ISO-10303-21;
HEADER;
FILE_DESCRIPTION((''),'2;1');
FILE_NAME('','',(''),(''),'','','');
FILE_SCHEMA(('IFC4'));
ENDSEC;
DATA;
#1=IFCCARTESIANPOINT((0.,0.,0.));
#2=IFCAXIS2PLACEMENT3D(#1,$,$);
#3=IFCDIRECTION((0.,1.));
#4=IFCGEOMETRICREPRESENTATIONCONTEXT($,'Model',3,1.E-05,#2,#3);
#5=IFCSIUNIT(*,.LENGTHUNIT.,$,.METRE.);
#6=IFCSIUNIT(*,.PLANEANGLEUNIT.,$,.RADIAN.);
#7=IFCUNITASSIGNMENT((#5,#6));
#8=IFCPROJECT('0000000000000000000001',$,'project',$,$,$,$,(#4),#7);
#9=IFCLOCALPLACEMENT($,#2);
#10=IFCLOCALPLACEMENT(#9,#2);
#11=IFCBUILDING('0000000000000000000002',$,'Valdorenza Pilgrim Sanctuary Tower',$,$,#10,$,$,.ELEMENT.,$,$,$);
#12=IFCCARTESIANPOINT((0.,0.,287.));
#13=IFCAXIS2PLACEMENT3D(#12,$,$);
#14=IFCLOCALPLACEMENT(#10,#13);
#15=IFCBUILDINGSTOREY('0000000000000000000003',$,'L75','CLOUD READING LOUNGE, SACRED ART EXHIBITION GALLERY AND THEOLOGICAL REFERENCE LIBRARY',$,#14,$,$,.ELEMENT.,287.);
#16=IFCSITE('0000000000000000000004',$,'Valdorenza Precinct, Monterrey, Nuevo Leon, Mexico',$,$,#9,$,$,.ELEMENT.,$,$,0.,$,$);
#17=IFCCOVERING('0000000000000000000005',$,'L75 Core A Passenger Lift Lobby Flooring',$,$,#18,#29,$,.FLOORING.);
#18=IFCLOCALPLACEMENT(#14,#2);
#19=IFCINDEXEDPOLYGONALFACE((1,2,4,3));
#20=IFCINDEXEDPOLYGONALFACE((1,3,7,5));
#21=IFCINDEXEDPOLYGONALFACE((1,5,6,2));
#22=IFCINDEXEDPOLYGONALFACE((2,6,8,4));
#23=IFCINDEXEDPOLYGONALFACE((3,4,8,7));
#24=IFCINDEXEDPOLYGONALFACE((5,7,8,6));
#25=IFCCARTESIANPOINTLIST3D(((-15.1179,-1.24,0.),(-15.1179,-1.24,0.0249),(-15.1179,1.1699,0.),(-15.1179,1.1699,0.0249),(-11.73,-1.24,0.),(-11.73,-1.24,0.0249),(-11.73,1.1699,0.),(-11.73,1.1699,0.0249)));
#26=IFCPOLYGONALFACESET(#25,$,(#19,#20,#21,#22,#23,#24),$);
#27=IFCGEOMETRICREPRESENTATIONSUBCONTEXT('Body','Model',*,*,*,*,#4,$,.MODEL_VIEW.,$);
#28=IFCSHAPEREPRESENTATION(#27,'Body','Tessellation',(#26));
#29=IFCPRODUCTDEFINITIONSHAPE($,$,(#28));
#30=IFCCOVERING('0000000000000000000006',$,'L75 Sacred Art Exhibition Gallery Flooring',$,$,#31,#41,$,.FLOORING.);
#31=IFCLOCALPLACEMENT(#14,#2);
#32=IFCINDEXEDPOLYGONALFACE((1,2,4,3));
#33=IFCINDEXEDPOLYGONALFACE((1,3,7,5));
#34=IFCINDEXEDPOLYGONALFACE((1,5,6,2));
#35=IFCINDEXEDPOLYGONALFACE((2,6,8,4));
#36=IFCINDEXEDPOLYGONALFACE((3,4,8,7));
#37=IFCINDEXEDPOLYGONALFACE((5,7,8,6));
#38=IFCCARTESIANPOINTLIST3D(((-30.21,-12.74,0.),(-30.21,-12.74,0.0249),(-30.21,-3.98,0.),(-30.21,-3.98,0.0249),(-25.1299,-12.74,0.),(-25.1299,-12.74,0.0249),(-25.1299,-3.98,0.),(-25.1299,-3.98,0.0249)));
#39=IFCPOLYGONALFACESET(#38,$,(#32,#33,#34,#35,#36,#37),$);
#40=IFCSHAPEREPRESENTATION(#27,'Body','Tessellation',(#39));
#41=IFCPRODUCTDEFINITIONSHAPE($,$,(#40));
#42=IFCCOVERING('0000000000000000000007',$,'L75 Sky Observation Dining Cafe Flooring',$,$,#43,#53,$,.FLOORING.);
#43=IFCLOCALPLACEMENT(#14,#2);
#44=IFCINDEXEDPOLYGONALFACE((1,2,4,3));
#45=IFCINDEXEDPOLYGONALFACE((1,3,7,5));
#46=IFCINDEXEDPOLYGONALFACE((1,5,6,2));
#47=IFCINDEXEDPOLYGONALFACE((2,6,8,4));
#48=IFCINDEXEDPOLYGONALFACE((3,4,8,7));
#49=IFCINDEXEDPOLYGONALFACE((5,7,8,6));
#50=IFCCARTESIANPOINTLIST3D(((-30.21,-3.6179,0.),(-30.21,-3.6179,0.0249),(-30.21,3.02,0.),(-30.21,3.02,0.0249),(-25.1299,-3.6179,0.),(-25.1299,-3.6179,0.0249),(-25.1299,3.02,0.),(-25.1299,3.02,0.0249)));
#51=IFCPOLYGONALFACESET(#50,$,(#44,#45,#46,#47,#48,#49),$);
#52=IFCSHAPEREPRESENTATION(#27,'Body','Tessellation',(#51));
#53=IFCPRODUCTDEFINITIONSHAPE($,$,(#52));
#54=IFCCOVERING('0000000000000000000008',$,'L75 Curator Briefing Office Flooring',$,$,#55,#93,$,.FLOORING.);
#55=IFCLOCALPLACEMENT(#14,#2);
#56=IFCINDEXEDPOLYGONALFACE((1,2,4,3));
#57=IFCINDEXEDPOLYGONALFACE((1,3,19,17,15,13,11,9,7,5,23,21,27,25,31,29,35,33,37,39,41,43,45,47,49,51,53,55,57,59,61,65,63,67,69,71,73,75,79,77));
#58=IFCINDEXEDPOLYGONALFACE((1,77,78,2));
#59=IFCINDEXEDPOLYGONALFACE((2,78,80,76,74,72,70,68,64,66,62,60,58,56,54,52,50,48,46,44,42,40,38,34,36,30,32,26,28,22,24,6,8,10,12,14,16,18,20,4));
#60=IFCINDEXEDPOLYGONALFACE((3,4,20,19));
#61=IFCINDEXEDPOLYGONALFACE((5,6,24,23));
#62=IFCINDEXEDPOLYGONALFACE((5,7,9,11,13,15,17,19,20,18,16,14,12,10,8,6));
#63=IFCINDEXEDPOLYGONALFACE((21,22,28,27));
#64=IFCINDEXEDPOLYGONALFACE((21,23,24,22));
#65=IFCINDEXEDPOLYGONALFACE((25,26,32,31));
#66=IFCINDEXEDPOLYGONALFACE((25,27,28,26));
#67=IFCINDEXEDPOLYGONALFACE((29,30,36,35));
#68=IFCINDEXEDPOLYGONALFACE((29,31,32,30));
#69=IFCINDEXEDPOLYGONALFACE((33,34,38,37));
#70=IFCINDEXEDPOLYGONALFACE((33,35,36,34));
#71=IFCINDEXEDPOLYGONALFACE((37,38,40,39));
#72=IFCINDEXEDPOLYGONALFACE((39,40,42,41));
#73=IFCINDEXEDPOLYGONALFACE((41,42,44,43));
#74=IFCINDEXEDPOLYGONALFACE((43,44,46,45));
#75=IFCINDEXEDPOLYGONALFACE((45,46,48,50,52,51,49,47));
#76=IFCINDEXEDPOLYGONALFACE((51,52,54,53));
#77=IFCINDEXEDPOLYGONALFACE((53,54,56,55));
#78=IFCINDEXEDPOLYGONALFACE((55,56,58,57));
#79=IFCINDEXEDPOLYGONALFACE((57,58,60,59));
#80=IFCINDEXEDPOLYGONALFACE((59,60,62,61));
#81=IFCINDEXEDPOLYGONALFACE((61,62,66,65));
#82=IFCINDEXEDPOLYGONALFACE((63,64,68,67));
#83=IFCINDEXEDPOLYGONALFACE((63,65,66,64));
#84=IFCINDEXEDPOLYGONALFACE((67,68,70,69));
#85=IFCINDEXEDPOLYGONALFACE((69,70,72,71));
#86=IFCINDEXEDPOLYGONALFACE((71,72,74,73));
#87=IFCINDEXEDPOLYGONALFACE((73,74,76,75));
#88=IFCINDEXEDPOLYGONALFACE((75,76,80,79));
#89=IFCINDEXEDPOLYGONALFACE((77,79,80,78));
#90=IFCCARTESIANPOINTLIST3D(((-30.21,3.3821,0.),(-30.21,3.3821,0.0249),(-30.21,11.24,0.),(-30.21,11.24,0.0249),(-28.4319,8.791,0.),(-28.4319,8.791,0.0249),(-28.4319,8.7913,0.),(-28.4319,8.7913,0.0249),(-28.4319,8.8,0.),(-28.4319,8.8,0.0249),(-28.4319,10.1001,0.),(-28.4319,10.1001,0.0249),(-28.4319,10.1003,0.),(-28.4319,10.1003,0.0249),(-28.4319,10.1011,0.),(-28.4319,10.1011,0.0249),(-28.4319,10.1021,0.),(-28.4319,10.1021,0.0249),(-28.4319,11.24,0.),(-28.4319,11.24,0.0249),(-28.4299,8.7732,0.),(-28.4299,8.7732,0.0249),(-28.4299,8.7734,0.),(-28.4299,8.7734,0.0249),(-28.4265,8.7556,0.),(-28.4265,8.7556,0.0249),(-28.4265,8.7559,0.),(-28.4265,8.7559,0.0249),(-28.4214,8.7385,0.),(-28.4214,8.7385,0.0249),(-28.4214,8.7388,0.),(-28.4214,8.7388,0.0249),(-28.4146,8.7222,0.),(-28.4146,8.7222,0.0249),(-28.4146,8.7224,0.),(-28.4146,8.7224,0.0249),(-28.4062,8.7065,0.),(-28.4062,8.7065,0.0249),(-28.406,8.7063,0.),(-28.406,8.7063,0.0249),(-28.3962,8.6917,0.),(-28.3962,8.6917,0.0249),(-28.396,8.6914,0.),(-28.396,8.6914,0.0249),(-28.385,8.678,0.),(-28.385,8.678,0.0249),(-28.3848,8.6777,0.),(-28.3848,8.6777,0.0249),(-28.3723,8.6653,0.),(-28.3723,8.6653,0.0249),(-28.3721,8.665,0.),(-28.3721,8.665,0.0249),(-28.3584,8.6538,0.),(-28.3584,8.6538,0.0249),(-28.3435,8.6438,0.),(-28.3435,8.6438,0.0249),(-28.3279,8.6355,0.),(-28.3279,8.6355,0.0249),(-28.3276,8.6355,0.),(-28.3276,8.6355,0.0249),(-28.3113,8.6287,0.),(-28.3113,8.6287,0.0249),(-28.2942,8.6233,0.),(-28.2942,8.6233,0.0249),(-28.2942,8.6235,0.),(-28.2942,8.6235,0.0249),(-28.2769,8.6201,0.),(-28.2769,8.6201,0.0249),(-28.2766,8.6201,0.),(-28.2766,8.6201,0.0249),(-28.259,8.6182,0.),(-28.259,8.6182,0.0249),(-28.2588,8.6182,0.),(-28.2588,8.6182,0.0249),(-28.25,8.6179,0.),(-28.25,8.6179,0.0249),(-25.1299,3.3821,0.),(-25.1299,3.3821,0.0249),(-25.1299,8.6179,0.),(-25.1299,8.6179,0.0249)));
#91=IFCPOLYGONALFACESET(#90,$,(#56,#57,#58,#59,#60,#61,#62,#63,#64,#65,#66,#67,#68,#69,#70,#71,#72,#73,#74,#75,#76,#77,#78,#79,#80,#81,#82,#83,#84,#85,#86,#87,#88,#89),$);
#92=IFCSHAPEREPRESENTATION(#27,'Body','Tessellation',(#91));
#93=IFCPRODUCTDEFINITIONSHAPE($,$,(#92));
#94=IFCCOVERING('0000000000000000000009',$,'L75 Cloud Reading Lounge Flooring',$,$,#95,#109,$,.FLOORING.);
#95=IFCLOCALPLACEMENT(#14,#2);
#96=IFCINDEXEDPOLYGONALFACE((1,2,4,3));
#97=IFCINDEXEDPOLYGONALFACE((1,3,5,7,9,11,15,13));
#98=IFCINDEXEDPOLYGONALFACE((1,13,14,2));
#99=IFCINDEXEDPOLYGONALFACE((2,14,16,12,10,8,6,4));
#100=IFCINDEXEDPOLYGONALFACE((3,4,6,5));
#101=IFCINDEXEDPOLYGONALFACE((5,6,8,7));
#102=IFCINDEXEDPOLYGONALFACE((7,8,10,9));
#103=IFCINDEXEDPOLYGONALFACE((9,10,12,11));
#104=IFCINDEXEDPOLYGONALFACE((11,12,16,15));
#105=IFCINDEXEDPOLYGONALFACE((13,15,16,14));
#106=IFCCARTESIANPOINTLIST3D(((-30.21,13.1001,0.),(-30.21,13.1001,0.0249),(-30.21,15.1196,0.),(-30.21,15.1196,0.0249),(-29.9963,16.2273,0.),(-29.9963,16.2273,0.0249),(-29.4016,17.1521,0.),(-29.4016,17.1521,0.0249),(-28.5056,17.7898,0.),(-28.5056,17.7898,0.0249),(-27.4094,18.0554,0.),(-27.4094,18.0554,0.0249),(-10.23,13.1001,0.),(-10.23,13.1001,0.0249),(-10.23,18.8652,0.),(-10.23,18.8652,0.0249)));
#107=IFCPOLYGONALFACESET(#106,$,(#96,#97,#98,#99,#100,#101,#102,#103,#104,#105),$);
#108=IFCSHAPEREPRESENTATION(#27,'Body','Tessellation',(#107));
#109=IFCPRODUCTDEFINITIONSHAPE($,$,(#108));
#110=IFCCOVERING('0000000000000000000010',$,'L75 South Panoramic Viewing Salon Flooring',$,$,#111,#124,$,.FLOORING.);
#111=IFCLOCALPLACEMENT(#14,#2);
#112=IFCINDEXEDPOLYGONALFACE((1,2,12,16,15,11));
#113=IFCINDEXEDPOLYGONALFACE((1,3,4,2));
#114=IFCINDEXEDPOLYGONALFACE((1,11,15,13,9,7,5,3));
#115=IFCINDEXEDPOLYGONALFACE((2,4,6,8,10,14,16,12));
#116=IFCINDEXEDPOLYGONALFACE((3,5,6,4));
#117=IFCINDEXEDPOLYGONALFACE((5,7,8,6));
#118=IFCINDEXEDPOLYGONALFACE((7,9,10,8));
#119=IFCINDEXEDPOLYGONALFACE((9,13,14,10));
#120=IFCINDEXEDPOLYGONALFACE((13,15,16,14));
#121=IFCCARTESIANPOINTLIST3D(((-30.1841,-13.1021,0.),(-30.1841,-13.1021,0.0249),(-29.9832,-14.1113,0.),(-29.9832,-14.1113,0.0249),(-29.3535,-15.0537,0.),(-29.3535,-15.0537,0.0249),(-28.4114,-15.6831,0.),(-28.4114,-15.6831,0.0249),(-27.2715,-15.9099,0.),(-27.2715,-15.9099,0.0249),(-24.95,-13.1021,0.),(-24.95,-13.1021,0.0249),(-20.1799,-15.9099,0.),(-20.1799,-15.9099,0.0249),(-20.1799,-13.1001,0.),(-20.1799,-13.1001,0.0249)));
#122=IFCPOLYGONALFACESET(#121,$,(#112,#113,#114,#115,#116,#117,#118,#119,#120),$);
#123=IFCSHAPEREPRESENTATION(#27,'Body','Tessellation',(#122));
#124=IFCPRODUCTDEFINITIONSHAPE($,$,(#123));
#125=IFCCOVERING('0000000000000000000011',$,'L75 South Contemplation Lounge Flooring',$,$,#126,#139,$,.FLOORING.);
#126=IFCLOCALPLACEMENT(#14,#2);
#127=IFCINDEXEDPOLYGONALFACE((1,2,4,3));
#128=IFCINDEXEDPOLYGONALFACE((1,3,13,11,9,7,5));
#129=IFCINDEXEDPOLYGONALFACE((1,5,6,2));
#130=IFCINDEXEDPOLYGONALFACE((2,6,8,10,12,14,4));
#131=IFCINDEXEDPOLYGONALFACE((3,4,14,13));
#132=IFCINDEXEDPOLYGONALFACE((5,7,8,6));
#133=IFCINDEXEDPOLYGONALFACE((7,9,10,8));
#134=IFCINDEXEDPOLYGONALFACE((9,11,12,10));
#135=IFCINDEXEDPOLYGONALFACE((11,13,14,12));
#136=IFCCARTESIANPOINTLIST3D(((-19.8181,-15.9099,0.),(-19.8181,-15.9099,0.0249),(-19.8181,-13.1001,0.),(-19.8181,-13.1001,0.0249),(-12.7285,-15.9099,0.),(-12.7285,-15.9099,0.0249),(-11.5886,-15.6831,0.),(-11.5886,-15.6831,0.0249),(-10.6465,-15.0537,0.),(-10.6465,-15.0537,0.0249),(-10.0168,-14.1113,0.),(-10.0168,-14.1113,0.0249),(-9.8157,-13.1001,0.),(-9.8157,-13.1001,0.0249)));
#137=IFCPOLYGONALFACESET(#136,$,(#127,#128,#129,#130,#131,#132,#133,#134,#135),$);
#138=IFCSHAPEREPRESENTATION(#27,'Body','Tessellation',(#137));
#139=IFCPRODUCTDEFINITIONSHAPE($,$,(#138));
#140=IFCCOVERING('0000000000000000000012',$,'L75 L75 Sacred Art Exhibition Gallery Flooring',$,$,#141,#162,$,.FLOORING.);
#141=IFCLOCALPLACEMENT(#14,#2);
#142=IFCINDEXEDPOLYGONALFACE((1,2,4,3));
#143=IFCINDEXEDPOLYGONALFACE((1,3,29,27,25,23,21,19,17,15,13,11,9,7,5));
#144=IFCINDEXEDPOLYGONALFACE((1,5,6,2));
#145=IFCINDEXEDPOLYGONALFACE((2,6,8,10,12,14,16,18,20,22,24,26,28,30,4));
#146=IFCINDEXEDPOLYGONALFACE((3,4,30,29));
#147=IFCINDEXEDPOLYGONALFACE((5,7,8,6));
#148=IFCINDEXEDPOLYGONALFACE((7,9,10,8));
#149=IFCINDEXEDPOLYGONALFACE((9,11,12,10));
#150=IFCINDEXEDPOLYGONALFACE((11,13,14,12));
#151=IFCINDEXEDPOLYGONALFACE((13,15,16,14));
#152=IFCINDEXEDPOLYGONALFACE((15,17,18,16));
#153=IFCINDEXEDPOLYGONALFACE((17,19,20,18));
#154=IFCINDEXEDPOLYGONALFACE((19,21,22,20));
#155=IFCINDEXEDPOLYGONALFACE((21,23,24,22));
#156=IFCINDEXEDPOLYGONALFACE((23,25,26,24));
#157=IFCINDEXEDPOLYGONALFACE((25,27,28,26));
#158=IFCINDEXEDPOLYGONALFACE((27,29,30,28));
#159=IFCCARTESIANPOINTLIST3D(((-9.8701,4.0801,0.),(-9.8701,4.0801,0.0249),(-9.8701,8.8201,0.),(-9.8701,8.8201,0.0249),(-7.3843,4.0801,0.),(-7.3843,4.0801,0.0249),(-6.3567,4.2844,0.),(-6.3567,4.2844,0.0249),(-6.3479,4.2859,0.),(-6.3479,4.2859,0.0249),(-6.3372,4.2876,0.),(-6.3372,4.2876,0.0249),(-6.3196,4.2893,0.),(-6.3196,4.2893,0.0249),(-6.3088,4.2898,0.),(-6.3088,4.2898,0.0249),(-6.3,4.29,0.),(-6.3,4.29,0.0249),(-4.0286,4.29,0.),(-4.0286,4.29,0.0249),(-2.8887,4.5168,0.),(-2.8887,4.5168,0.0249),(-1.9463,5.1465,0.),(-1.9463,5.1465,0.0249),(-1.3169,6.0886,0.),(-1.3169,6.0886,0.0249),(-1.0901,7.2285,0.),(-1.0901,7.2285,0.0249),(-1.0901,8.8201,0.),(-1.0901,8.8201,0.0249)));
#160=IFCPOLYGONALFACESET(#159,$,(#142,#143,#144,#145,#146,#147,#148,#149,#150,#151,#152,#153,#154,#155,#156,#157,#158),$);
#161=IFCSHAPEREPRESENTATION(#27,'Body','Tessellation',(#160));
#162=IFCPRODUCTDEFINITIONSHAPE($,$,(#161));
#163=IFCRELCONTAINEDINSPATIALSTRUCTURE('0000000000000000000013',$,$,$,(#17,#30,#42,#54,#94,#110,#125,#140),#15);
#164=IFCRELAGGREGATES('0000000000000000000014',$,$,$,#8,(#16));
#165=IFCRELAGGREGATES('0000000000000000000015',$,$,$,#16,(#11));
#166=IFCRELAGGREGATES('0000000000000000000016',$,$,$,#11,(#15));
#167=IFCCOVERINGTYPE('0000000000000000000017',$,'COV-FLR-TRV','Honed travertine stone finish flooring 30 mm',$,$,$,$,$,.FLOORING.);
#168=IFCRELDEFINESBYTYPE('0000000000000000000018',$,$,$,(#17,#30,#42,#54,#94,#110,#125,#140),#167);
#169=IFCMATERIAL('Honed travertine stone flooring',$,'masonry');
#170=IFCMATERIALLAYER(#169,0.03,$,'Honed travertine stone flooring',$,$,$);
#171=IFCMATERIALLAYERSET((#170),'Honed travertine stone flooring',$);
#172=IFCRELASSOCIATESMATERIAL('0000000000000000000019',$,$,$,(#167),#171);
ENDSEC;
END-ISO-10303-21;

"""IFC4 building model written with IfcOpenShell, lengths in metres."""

from ifc_helpers import new_model, si_unit, direction, frame, origin, place, context, subcontext, project, spatial, polyline, outline, extrude, material, layer, layer_set, type_object, element, save


model = new_model("IFC4")

# Units and contexts
model_context = context("Model", 3, precision=1e-05, world=origin(), true_north=direction((0.0, 1.0)))
body_context = subcontext(model_context, "Body", "Model", "MODEL_VIEW")
ifc_project = project(units=[si_unit("LENGTHUNIT", "METRE"), si_unit("PLANEANGLEUNIT", "RADIAN")], contexts=[model_context])

# Site, building, storey
site_placement = place(None, origin())
site = spatial("IfcSite", under=ifc_project, at=site_placement, Name="Valdorenza Precinct, Monterrey, Nuevo Leon, Mexico", CompositionType="ELEMENT", RefElevation=0.0)
building_placement = place(site_placement, origin())
building = spatial("IfcBuilding", under=site, at=building_placement, Name="Valdorenza Pilgrim Sanctuary Tower", CompositionType="ELEMENT")
storey_placement = place(building_placement, frame((0.0, 0.0, 287.0)))
storey = spatial("IfcBuildingStorey", under=building, at=storey_placement, Name="L75", Description="CLOUD READING LOUNGE, SACRED ART EXHIBITION GALLERY AND THEOLOGICAL REFERENCE LIBRARY", CompositionType="ELEMENT", Elevation=287.0)

# Coverings
ifc_material_1 = material(Name="Honed travertine stone flooring", Category="masonry")
ifc_layer_1 = layer(ifc_material_1, 0.03, Name="Honed travertine stone flooring")
ifc_layer_set_1 = layer_set([ifc_layer_1], Name="Honed travertine stone flooring")
covering_type_1 = type_object("IfcCoveringType", Name="COV-FLR-TRV", Description="Honed travertine stone finish flooring 30 mm", PredefinedType="FLOORING", material=ifc_layer_set_1)
covering_1_placement = place(storey_placement, origin())
element("IfcCovering", 1, at=covering_1_placement, inside=storey, type_object=covering_type_1, Name="L75 Core A Passenger Lift Lobby Flooring", PredefinedType="FLOORING", context=body_context, shape_type="SweptSolid", body=[
    extrude(outline(polyline([(-15.1179, 1.1699), (-11.73, 1.1699), (-11.73, -1.24), (-15.1179, -1.24), (-15.1179, 1.1699)])), origin(), (0.0, 0.0, 1.0), 0.0249),
])
covering_2_placement = place(storey_placement, origin())
element("IfcCovering", 2, at=covering_2_placement, inside=storey, type_object=covering_type_1, Name="L75 Sacred Art Exhibition Gallery Flooring", PredefinedType="FLOORING", context=body_context, shape_type="SweptSolid", body=[
    extrude(outline(polyline([(-25.1299, -12.74), (-30.21, -12.74), (-30.21, -3.98), (-25.1299, -3.98), (-25.1299, -12.74)])), origin(), (0.0, 0.0, 1.0), 0.0249),
])
covering_3_placement = place(storey_placement, origin())
element("IfcCovering", 3, at=covering_3_placement, inside=storey, type_object=covering_type_1, Name="L75 Sky Observation Dining Cafe Flooring", PredefinedType="FLOORING", context=body_context, shape_type="SweptSolid", body=[
    extrude(outline(polyline([(-25.1299, -3.6179), (-30.21, -3.6179), (-30.21, 3.02), (-25.1299, 3.02), (-25.1299, -3.6179)])), origin(), (0.0, 0.0, 1.0), 0.0249),
])
covering_4_placement = place(storey_placement, origin())
element("IfcCovering", 4, at=covering_4_placement, inside=storey, type_object=covering_type_1, Name="L75 Curator Briefing Office Flooring", PredefinedType="FLOORING", context=body_context, shape_type="SweptSolid", body=[
    extrude(outline(polyline([(-28.4319, 11.24), (-28.4319, 10.1021), (-28.4319, 10.1011), (-28.4319, 10.1003), (-28.4319, 10.1001), (-28.4319, 8.8), (-28.4319, 8.7913), (-28.4319, 8.791), (-28.4299, 8.7734), (-28.4299, 8.7732), (-28.4265, 8.7559), (-28.4265, 8.7556), (-28.4214, 8.7388), (-28.4214, 8.7385), (-28.4146, 8.7224), (-28.4146, 8.7222), (-28.4062, 8.7065), (-28.406, 8.7063), (-28.3962, 8.6917), (-28.396, 8.6914), (-28.385, 8.678), (-28.3848, 8.6777), (-28.3723, 8.6653), (-28.3721, 8.665), (-28.3584, 8.6538), (-28.3584, 8.6538), (-28.3435, 8.6438), (-28.3435, 8.6438), (-28.3279, 8.6355), (-28.3276, 8.6355), (-28.3113, 8.6287), (-28.3113, 8.6287), (-28.2942, 8.6235), (-28.2942, 8.6233), (-28.2769, 8.6201), (-28.2766, 8.6201), (-28.259, 8.6182), (-28.2588, 8.6182), (-28.25, 8.6179), (-25.1299, 8.6179), (-25.1299, 3.3821), (-30.21, 3.3821), (-30.21, 11.24), (-28.4319, 11.24)])), origin(), (0.0, 0.0, 1.0), 0.0249),
])
covering_5_placement = place(storey_placement, origin())
element("IfcCovering", 5, at=covering_5_placement, inside=storey, type_object=covering_type_1, Name="L75 Cloud Reading Lounge Flooring", PredefinedType="FLOORING", context=body_context, shape_type="SweptSolid", body=[
    extrude(outline(polyline([(-30.21, 13.1001), (-30.21, 15.1196), (-29.9963, 16.2273), (-29.4016, 17.1521), (-28.5056, 17.7898), (-27.4094, 18.0554), (-10.23, 18.8652), (-10.23, 13.1001), (-30.21, 13.1001)])), origin(), (0.0, 0.0, 1.0), 0.0249),
])
covering_6_placement = place(storey_placement, origin())
element("IfcCovering", 6, at=covering_6_placement, inside=storey, type_object=covering_type_1, Name="L75 South Panoramic Viewing Salon Flooring", PredefinedType="FLOORING", context=body_context, shape_type="SweptSolid", body=[
    extrude(outline(polyline([(-30.1841, -13.1021), (-24.95, -13.1021), (-20.1799, -13.1001), (-20.1799, -15.9099), (-27.2715, -15.9099), (-28.4114, -15.6831), (-29.3535, -15.0537), (-29.9832, -14.1113), (-30.1841, -13.1021)])), origin(), (0.0, 0.0, 1.0), 0.0249),
])
covering_7_placement = place(storey_placement, origin())
element("IfcCovering", 7, at=covering_7_placement, inside=storey, type_object=covering_type_1, Name="L75 South Contemplation Lounge Flooring", PredefinedType="FLOORING", context=body_context, shape_type="SweptSolid", body=[
    extrude(outline(polyline([(-9.8157, -13.1001), (-10.0168, -14.1113), (-10.6465, -15.0537), (-11.5886, -15.6831), (-12.7285, -15.9099), (-19.8181, -15.9099), (-19.8181, -13.1001), (-9.8157, -13.1001)])), origin(), (0.0, 0.0, 1.0), 0.0249),
])
covering_8_placement = place(storey_placement, origin())
element("IfcCovering", 8, at=covering_8_placement, inside=storey, type_object=covering_type_1, Name="L75 L75 Sacred Art Exhibition Gallery Flooring", PredefinedType="FLOORING", context=body_context, shape_type="SweptSolid", body=[
    extrude(outline(polyline([(-9.8701, 8.8201), (-1.0901, 8.8201), (-1.0901, 7.2285), (-1.3169, 6.0886), (-1.9463, 5.1465), (-2.8887, 4.5168), (-4.0286, 4.29), (-6.3, 4.29), (-6.3088, 4.2898), (-6.3196, 4.2893), (-6.3372, 4.2876), (-6.3479, 4.2859), (-6.3567, 4.2844), (-7.3843, 4.0801), (-9.8701, 4.0801), (-9.8701, 8.8201)])), origin(), (0.0, 0.0, 1.0), 0.0249),
])

save(model, "model.ifc")
